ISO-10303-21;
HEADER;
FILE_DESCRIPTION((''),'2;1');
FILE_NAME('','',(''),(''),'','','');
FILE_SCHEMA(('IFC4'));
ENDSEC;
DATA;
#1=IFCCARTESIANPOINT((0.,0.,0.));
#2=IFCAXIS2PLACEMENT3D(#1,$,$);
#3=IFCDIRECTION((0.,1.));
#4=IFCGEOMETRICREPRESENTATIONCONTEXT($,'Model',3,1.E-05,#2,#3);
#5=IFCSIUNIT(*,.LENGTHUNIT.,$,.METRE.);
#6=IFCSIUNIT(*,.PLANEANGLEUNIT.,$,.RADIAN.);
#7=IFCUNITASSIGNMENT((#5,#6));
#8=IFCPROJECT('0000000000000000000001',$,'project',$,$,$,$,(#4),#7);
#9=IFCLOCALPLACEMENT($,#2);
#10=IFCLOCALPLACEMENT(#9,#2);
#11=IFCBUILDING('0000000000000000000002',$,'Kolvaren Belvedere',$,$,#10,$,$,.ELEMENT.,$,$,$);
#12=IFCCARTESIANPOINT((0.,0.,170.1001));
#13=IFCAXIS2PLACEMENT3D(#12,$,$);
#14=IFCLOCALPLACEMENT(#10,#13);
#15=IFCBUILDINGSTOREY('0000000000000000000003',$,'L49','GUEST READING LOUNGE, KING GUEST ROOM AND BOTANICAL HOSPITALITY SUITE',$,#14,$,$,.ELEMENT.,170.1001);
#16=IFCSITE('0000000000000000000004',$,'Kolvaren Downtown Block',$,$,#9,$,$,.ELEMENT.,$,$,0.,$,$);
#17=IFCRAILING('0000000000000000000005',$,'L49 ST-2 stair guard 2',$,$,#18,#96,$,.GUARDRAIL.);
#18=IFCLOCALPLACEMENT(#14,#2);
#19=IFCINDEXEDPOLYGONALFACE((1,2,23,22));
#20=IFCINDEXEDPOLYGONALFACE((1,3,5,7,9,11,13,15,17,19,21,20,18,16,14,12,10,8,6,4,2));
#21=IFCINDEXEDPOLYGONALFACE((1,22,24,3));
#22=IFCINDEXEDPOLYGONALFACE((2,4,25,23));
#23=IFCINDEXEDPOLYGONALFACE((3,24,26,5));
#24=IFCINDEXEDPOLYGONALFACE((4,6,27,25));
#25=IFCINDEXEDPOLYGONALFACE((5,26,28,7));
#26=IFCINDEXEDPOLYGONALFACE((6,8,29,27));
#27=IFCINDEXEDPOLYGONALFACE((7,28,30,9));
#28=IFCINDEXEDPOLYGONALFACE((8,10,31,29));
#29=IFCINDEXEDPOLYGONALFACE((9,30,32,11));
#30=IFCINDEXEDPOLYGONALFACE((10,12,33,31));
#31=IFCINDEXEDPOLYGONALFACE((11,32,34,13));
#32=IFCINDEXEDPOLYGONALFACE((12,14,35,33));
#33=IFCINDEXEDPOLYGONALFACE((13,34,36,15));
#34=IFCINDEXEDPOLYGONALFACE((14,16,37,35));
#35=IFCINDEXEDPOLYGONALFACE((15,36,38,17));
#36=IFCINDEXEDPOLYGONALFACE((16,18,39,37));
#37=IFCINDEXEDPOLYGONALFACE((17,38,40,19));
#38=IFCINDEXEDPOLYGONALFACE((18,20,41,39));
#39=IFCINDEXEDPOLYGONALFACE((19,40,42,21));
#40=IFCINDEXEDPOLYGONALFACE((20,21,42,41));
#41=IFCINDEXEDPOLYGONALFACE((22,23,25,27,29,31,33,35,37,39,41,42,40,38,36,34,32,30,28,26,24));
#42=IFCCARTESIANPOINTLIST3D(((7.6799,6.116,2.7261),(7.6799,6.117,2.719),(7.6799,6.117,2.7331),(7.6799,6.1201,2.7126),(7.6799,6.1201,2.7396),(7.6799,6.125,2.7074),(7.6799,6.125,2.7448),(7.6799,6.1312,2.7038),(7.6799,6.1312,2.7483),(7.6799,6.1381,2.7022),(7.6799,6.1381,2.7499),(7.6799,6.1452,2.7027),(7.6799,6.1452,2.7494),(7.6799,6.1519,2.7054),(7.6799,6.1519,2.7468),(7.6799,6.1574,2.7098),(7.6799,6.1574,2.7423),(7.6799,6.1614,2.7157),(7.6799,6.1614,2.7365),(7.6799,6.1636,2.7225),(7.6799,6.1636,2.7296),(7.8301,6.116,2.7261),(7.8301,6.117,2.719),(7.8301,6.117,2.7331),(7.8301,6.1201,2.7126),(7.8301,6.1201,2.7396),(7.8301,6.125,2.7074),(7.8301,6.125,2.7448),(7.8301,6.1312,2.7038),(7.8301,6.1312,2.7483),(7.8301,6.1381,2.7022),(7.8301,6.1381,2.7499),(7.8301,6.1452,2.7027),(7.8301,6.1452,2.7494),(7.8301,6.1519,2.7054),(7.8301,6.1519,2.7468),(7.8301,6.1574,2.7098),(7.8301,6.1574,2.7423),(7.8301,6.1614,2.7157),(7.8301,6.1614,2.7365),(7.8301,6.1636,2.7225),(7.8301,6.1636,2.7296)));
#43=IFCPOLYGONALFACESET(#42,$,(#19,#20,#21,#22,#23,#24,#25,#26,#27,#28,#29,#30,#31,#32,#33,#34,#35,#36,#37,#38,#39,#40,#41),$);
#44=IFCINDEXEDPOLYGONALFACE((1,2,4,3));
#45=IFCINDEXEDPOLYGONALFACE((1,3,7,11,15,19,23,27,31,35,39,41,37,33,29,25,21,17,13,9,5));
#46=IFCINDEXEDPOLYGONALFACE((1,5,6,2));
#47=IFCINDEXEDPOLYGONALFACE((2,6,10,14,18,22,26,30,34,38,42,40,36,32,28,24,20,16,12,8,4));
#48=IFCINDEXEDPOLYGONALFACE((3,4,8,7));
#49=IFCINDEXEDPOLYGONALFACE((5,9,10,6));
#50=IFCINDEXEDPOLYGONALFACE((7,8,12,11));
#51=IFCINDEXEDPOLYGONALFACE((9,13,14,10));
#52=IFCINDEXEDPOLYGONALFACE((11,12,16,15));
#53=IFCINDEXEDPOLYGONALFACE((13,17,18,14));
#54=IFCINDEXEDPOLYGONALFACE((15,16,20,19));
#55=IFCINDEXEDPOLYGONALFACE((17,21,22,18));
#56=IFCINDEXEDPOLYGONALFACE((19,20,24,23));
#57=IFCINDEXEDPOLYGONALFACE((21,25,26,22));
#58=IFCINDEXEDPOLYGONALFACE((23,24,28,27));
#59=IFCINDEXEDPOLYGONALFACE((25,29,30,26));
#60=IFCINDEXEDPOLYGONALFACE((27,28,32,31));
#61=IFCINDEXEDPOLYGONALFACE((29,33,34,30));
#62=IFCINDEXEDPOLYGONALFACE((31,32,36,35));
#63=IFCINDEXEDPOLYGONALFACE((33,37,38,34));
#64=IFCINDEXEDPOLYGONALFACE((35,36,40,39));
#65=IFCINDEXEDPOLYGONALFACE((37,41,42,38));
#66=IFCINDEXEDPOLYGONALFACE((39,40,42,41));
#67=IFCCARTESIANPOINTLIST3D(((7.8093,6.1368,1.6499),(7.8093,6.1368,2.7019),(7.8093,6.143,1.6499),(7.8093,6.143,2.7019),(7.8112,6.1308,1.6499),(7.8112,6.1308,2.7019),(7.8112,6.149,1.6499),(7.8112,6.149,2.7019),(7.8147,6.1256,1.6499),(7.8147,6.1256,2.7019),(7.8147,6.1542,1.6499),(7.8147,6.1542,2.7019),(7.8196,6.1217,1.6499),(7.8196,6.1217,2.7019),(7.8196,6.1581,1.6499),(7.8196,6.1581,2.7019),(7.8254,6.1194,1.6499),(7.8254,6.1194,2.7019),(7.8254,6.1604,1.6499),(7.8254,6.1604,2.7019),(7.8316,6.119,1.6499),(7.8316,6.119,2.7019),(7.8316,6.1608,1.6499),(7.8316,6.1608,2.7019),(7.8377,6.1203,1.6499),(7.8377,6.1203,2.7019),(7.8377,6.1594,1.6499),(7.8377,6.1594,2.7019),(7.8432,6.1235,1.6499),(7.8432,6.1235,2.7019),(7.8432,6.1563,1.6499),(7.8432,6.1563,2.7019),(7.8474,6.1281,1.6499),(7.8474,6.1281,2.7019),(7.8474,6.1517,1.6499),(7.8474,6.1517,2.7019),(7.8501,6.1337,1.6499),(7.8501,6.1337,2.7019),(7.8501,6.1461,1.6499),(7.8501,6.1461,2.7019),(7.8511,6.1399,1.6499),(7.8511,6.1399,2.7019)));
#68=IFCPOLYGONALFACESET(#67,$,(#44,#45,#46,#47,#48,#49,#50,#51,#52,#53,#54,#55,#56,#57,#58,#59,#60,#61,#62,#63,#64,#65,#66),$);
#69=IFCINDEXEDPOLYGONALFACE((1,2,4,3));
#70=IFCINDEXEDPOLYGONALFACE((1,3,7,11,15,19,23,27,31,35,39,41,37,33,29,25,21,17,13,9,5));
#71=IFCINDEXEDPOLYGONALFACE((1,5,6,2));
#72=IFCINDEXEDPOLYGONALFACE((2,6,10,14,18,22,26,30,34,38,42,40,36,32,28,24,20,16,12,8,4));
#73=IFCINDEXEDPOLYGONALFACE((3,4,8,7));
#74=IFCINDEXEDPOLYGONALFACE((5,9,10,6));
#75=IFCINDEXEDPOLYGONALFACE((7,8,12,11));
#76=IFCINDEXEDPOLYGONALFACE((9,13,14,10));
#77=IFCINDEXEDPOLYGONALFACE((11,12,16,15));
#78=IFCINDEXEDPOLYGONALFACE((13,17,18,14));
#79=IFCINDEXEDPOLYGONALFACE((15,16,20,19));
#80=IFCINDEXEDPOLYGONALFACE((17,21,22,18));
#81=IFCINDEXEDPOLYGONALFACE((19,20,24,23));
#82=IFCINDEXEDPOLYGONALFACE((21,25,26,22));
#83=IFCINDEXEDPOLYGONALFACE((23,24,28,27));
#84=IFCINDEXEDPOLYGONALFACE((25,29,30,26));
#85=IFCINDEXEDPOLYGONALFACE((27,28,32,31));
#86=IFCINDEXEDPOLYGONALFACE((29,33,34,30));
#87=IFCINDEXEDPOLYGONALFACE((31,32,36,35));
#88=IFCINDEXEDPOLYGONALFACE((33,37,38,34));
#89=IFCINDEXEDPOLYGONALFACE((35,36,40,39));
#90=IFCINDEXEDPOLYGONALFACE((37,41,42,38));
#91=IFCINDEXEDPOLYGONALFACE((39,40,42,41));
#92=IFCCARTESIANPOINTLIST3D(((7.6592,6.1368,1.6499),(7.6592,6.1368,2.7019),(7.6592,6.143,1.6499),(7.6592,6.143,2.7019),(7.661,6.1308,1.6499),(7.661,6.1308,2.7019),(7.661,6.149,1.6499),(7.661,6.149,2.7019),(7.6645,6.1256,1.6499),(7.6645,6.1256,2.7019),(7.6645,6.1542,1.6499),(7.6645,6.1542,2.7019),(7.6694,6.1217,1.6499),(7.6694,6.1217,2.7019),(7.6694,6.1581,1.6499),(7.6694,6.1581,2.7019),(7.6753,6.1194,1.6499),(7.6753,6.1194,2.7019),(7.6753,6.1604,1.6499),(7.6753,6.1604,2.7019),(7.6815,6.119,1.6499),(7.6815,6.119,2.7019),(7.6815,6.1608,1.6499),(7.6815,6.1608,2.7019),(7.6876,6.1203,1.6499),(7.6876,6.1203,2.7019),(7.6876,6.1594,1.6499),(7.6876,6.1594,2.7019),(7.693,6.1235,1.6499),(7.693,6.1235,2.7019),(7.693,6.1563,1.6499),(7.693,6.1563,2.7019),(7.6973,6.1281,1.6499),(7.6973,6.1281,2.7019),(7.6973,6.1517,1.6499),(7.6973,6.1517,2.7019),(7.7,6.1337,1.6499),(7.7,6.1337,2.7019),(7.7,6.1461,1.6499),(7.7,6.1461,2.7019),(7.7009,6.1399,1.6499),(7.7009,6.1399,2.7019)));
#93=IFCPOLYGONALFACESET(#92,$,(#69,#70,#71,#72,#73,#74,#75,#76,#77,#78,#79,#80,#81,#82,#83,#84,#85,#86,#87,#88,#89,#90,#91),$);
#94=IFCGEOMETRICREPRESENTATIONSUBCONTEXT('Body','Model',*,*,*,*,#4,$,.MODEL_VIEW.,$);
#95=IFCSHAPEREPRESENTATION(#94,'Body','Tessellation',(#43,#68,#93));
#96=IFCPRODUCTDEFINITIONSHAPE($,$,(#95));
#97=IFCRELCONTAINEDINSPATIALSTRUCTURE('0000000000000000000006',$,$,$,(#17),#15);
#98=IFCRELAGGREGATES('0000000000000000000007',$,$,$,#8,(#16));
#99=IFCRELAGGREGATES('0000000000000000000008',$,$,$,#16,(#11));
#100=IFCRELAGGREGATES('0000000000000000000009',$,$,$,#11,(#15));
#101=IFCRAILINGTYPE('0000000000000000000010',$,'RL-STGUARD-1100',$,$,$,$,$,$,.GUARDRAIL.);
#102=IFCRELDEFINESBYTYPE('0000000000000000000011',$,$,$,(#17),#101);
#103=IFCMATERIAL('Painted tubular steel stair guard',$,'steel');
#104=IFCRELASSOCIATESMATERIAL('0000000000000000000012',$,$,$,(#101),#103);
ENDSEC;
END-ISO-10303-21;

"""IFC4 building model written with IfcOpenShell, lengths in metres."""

from ifc_helpers import new_model, si_unit, direction, frame, origin, origin_2d, place, context, subcontext, project, spatial, circle, extrude, material, type_object, element, save


model = new_model("IFC4")

# Units and contexts
model_context = context("Model", 3, precision=1e-05, world=origin(), true_north=direction((0.0, 1.0)))
body_context = subcontext(model_context, "Body", "Model", "MODEL_VIEW")
ifc_project = project(units=[si_unit("LENGTHUNIT", "METRE"), si_unit("PLANEANGLEUNIT", "RADIAN")], contexts=[model_context])

# Site, building, storey
site_placement = place(None, origin())
site = spatial("IfcSite", under=ifc_project, at=site_placement, Name="Kolvaren Downtown Block", CompositionType="ELEMENT", RefElevation=0.0)
building_placement = place(site_placement, origin())
building = spatial("IfcBuilding", under=site, at=building_placement, Name="Kolvaren Belvedere", CompositionType="ELEMENT")
storey_placement = place(building_placement, frame((0.0, 0.0, 170.1001)))
storey = spatial("IfcBuildingStorey", under=building, at=storey_placement, Name="L49", Description="GUEST READING LOUNGE, KING GUEST ROOM AND BOTANICAL HOSPITALITY SUITE", CompositionType="ELEMENT", Elevation=170.1001)

# Railing
ifc_material_1 = material(Name="Painted tubular steel stair guard", Category="steel")
railing_type_1 = type_object("IfcRailingType", Name="RL-STGUARD-1100", PredefinedType="GUARDRAIL", material=ifc_material_1)
railing_1_placement = place(storey_placement, frame((7.8301, 6.1399, 1.6499)))
element("IfcRailing", 1, at=railing_1_placement, inside=storey, type_object=railing_type_1, Name="L49 ST-2 stair guard 2", PredefinedType="GUARDRAIL", context=body_context, shape_type="SweptSolid", body=[
    extrude(circle(Radius=0.0239, at=origin_2d()), frame((0.0, 0.0, 1.0762), z_axis=(-1.0, 0.0, 0.0), x_axis=(0.0, -1.0, 0.0)), (0.0, 0.0, 1.0), 0.1501),
    extrude(circle(Radius=0.021, at=origin_2d()), origin(), (0.0, 0.0, 1.0), 1.052),
    extrude(circle(Radius=0.021, at=origin_2d()), frame((-0.1501, 0.0, 0.0)), (0.0, 0.0, 1.0), 1.052),
])

save(model, "model.ifc")
